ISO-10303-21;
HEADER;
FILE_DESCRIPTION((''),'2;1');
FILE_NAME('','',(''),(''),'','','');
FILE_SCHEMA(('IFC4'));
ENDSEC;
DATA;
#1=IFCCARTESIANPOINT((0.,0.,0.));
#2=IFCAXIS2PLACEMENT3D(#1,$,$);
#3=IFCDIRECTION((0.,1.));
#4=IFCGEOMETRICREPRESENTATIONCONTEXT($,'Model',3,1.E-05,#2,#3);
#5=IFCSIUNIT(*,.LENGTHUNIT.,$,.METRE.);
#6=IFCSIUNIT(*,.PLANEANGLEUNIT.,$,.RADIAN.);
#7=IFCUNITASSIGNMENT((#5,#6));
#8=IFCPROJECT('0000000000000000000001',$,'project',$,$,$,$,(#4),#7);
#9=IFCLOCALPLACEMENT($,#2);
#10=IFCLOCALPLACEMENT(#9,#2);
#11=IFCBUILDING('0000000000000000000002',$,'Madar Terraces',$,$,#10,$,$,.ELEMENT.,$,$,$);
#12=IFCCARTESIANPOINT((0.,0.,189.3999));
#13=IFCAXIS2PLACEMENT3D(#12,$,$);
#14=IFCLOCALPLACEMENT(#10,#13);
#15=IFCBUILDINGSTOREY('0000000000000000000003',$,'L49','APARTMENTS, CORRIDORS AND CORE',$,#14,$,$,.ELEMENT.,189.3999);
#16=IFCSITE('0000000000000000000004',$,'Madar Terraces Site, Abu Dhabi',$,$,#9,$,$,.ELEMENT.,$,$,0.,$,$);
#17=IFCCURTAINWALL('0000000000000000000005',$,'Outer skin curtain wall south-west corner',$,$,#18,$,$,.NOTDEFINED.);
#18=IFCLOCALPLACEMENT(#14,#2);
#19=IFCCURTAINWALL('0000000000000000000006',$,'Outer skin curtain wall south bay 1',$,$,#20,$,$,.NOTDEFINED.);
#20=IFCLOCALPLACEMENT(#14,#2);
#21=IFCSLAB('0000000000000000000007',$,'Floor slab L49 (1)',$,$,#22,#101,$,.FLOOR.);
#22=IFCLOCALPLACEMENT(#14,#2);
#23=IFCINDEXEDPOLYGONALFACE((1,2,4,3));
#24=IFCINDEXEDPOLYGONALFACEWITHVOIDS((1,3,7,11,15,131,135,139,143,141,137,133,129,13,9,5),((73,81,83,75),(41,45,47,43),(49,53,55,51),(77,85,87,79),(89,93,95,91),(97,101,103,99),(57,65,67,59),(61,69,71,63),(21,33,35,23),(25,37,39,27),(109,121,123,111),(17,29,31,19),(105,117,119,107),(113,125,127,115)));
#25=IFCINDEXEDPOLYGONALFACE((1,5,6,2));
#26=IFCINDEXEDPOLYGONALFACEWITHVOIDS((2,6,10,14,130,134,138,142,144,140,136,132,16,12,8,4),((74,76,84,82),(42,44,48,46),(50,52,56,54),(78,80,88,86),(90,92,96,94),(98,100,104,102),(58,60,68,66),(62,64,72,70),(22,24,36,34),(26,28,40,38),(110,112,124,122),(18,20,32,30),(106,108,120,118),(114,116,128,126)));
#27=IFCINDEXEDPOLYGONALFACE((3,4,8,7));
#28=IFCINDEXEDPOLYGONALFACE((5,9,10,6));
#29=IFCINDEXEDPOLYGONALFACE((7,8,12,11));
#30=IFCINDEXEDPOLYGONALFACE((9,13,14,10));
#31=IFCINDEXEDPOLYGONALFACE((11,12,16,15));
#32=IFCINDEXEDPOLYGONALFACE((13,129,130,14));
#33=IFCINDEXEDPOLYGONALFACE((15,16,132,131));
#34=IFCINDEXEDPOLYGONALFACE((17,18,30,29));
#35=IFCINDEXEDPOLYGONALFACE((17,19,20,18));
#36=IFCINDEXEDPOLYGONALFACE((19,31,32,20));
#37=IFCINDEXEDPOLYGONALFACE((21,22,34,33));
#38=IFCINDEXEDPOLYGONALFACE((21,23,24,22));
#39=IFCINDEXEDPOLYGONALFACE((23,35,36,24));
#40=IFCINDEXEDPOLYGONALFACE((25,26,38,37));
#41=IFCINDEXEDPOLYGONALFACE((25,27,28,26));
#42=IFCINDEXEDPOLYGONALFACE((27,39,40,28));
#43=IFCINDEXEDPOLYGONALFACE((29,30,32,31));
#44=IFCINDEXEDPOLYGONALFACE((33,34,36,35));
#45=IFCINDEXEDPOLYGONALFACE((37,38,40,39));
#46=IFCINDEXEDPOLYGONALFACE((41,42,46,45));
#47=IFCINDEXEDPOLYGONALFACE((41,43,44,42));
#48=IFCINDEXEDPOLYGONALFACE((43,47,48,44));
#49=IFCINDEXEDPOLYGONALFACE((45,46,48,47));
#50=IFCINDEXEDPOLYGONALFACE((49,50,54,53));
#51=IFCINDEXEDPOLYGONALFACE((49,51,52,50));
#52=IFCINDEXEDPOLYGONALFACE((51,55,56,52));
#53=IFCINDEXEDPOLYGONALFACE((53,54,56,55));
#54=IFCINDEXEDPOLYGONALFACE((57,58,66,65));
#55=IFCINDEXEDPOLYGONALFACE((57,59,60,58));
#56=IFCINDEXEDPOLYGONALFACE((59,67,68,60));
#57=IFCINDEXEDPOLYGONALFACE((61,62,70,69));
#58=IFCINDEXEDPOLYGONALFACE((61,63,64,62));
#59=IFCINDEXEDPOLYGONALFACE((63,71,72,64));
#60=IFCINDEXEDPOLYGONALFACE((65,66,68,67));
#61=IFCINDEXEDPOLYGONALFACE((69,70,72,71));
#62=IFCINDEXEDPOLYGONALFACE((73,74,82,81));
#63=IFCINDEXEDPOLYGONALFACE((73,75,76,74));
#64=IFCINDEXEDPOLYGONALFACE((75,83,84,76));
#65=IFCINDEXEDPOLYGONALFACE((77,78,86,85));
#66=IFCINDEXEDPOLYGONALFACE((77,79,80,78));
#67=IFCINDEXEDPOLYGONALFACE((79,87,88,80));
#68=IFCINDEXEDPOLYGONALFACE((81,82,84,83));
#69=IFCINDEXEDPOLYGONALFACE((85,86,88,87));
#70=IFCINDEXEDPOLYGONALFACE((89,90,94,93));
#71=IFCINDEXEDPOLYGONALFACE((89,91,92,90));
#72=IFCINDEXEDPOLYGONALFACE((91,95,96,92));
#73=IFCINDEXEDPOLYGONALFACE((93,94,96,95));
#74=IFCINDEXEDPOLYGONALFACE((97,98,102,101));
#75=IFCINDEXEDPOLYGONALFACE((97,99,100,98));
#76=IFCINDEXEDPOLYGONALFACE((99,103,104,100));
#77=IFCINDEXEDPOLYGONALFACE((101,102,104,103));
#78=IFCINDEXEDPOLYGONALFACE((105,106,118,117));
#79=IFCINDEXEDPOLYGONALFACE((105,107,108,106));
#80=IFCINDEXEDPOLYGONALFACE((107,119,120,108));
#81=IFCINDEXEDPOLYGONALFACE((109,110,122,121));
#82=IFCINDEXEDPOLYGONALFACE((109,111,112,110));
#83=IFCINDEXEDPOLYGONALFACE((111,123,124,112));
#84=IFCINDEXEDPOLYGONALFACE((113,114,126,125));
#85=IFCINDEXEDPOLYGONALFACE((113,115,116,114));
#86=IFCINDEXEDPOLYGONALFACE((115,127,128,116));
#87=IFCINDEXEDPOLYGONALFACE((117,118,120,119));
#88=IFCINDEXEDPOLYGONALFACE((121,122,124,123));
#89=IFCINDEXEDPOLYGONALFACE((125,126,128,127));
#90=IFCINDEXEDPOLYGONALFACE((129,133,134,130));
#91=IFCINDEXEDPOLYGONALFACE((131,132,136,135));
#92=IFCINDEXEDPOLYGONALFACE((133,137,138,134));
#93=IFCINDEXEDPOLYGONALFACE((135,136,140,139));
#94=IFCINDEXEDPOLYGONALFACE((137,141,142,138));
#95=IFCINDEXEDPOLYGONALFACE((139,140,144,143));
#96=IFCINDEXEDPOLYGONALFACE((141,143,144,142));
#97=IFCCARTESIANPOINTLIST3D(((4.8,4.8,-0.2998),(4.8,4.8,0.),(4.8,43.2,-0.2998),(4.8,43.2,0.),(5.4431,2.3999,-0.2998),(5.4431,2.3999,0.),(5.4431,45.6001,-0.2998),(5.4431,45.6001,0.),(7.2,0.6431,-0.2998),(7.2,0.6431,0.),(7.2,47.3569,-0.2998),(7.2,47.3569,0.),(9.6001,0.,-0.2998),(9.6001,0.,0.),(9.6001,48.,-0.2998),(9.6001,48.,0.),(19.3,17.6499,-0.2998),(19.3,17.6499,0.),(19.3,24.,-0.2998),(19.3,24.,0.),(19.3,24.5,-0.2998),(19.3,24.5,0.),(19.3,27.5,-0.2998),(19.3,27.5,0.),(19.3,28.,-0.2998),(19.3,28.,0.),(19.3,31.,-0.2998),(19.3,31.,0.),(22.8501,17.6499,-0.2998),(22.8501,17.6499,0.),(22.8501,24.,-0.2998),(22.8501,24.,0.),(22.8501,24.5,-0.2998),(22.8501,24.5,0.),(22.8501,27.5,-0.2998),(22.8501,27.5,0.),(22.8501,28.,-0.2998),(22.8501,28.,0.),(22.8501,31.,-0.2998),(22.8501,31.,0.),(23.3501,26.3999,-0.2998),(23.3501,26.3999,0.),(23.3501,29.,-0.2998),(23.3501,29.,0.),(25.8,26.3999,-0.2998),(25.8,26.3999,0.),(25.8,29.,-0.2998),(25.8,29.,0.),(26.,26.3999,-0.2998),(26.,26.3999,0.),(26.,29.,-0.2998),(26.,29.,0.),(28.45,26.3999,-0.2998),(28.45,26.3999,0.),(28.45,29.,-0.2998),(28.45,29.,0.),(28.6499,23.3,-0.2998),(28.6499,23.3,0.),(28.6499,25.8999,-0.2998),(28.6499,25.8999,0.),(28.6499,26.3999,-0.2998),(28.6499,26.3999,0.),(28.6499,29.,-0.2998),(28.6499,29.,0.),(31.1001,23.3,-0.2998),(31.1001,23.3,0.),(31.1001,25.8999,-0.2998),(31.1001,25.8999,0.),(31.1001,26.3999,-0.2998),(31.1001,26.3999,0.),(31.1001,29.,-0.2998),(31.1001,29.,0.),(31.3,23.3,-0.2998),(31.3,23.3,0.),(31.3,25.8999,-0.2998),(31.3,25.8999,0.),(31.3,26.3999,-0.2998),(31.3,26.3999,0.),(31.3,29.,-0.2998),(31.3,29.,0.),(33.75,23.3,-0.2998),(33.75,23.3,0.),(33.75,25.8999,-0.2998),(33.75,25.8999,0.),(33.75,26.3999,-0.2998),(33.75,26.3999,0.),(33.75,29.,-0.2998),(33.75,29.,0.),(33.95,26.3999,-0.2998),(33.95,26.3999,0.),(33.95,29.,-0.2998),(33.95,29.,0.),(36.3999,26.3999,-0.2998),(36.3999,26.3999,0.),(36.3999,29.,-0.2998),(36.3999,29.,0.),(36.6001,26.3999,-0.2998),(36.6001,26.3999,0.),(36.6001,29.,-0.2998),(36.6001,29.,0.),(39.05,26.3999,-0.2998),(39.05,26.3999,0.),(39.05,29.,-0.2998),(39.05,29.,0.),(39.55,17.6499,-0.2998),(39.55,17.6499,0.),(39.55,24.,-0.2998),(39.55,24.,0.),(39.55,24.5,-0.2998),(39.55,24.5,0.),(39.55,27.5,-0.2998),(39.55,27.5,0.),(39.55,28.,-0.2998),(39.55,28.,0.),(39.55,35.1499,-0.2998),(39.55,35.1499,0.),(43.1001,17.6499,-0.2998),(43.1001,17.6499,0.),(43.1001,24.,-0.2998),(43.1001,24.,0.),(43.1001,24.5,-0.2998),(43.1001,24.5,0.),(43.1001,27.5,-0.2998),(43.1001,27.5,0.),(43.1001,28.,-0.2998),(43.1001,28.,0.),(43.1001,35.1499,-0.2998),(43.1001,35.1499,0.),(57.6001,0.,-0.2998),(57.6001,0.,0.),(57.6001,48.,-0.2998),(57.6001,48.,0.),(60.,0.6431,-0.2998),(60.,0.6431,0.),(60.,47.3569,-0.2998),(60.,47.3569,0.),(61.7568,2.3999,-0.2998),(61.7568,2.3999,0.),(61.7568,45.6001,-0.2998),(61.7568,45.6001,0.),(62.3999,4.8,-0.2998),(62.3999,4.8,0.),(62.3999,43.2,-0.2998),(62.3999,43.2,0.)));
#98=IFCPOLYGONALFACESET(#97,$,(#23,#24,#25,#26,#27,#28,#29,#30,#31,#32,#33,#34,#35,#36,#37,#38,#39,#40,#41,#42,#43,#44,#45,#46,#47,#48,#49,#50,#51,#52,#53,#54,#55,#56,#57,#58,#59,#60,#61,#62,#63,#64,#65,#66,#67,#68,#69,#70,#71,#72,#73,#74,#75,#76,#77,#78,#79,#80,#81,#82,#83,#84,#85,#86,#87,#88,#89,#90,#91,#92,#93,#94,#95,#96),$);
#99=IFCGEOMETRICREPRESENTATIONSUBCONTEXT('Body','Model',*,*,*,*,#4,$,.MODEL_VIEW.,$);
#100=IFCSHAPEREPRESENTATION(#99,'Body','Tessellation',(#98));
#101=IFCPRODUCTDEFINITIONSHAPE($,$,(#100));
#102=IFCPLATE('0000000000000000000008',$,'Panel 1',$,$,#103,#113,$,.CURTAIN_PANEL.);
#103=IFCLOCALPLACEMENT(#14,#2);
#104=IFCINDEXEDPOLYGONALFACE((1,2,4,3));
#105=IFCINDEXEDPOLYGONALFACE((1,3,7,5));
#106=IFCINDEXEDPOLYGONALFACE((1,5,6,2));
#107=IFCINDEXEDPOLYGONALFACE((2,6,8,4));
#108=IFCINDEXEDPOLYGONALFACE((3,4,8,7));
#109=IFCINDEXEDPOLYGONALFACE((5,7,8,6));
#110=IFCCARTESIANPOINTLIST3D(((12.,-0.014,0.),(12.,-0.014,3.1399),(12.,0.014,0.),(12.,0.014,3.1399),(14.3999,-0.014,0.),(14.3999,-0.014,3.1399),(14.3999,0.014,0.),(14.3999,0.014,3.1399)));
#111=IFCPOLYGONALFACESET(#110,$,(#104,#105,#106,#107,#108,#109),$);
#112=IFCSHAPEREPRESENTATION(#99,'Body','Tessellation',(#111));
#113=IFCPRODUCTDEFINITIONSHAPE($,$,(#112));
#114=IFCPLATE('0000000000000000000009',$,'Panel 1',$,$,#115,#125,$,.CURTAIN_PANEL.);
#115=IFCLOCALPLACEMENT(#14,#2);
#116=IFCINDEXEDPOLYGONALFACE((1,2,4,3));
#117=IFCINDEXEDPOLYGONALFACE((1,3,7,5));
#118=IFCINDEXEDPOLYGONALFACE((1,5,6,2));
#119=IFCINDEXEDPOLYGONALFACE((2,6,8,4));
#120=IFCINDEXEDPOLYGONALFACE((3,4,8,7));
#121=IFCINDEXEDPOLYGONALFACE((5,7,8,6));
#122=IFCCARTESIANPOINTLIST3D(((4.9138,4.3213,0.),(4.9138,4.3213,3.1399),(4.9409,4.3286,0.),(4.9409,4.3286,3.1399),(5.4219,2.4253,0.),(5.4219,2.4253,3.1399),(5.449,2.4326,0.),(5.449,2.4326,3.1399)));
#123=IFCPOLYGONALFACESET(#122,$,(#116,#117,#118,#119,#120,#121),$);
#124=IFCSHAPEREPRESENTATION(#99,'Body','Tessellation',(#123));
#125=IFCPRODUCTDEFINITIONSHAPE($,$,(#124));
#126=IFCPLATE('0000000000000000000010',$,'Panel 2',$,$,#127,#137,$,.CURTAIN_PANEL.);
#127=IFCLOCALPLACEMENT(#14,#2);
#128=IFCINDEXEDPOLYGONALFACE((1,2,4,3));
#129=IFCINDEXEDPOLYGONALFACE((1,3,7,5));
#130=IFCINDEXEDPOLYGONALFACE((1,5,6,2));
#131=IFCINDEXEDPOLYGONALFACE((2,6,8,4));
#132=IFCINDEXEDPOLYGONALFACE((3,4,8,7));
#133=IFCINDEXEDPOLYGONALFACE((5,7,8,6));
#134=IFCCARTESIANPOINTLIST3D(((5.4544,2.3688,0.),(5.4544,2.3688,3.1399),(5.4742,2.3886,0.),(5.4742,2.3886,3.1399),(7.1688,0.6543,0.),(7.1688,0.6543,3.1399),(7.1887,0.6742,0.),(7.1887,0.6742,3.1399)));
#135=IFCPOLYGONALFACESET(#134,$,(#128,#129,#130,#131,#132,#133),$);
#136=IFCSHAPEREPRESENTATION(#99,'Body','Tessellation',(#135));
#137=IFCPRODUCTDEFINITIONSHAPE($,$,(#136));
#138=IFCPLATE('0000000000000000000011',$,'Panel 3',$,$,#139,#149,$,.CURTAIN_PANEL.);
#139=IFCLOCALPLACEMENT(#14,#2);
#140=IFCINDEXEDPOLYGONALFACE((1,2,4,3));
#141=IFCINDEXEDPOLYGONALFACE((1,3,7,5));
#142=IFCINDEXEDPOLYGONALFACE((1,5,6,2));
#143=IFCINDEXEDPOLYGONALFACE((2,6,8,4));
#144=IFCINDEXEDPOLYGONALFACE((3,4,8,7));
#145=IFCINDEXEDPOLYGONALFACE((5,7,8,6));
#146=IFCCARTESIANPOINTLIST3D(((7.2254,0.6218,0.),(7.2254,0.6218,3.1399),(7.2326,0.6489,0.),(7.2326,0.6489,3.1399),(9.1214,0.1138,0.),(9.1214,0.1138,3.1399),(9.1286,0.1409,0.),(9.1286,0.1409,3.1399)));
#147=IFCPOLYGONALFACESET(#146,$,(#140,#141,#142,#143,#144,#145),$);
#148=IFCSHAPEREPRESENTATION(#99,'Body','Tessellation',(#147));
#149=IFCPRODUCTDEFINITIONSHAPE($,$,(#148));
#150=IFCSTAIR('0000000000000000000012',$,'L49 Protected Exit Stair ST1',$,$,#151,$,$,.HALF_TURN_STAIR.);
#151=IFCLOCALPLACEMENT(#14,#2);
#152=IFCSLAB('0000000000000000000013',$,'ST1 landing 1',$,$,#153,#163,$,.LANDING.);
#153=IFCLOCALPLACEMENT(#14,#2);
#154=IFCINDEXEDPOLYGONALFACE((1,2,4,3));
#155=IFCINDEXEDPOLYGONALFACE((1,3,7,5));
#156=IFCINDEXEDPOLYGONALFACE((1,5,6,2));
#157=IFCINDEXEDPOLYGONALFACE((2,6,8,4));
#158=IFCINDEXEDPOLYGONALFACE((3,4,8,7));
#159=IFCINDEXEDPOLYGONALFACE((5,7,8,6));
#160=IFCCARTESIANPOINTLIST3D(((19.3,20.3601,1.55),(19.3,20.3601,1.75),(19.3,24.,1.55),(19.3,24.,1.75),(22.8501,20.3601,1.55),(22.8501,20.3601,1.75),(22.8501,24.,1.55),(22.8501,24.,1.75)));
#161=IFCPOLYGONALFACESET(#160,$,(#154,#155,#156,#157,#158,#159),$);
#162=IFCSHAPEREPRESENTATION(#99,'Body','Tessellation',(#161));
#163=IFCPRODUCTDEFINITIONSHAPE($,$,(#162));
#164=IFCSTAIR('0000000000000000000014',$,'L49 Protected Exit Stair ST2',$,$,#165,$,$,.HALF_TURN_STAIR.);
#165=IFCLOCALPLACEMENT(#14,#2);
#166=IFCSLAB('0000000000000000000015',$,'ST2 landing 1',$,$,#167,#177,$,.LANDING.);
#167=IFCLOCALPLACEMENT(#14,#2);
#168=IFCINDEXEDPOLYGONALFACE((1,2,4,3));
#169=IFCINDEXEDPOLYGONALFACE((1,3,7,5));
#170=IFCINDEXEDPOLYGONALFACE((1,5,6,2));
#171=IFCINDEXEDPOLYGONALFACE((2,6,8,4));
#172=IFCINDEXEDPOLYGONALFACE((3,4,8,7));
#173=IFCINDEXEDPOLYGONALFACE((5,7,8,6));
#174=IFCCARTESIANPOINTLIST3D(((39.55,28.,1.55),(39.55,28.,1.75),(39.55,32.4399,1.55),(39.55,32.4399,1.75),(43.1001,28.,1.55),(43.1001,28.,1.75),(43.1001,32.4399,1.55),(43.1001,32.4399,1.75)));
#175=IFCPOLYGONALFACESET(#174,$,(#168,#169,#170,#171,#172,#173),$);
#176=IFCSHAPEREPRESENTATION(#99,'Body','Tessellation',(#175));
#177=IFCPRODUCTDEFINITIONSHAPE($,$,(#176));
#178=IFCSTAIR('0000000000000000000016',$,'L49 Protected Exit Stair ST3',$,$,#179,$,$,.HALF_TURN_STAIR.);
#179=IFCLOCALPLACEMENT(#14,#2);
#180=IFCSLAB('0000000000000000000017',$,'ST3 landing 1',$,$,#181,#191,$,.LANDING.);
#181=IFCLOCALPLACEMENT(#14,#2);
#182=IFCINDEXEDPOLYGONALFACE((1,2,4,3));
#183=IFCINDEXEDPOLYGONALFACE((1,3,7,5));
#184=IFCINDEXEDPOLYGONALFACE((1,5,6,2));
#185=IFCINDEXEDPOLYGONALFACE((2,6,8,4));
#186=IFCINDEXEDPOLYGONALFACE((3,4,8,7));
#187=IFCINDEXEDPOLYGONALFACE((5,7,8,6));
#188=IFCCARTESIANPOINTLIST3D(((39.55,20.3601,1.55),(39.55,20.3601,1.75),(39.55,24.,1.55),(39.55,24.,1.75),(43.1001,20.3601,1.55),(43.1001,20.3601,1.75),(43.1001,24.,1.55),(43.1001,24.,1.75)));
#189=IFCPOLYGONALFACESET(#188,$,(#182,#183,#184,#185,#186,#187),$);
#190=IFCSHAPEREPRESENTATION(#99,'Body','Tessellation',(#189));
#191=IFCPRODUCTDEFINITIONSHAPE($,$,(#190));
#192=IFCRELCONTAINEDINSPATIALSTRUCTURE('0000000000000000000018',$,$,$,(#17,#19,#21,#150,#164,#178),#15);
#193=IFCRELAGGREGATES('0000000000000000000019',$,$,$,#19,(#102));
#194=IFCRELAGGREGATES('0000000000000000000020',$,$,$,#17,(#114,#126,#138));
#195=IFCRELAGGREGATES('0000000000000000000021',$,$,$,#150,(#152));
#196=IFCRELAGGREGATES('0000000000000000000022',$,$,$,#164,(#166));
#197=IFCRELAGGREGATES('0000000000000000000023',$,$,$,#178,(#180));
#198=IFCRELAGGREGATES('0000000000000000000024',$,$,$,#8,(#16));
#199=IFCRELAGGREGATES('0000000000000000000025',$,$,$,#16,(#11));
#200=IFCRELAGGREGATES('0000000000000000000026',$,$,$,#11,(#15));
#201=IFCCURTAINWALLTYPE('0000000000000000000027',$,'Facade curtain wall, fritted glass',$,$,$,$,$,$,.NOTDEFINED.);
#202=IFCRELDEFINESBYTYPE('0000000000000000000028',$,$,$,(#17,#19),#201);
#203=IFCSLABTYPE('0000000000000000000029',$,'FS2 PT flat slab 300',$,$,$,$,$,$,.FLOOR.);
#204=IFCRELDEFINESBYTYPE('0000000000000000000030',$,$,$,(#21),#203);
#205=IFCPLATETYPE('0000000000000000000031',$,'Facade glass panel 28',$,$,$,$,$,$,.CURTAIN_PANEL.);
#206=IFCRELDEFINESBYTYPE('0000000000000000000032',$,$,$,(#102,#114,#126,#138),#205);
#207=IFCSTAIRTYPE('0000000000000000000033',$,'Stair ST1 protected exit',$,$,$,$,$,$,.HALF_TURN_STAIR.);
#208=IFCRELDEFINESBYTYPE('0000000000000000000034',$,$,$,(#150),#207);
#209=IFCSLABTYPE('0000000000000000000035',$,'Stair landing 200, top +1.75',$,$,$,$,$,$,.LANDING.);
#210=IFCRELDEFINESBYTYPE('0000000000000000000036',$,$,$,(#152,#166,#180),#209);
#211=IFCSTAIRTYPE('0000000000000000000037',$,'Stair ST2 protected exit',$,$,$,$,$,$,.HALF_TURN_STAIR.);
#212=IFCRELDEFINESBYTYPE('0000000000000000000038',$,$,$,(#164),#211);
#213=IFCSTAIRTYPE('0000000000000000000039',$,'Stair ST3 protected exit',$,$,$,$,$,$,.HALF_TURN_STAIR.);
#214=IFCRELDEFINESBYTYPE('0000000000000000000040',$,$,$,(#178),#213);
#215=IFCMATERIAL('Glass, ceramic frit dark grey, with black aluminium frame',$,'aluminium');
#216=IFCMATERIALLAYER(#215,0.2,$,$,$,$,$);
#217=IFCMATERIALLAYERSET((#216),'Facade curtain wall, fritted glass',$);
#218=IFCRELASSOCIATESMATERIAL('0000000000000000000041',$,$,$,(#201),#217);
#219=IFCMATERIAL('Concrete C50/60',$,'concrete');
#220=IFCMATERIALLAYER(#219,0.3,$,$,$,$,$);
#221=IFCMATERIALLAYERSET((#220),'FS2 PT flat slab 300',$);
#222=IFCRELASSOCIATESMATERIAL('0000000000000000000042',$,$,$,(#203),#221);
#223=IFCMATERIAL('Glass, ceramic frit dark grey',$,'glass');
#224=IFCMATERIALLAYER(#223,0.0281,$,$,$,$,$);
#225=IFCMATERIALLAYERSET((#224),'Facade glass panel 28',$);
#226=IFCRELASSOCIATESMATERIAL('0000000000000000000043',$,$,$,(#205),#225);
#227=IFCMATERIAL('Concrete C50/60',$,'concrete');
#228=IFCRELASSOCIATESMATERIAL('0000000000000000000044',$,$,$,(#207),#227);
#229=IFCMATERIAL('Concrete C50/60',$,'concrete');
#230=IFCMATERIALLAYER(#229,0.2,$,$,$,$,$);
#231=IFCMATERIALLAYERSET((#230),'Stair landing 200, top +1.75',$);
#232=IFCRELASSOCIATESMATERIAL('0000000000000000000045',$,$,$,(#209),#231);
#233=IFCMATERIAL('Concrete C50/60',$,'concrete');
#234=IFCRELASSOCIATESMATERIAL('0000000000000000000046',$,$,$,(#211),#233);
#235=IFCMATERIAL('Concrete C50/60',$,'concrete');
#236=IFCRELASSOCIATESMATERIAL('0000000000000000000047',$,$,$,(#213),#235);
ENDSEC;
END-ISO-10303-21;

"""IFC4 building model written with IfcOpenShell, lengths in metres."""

from ifc_helpers import new_model, si_unit, direction, frame, origin, origin_2d, place, context, subcontext, project, spatial, polyline, rectangle, outline, extrude, material, layer, layer_set, type_object, element, aggregate, save


model = new_model("IFC4")

# Units and contexts
model_context = context("Model", 3, precision=1e-05, world=origin(), true_north=direction((0.0, 1.0)))
body_context = subcontext(model_context, "Body", "Model", "MODEL_VIEW")
ifc_project = project(units=[si_unit("LENGTHUNIT", "METRE"), si_unit("PLANEANGLEUNIT", "RADIAN")], contexts=[model_context])

# Site, building, storey
site_placement = place(None, origin())
site = spatial("IfcSite", under=ifc_project, at=site_placement, Name="Madar Terraces Site, Abu Dhabi", CompositionType="ELEMENT", RefElevation=0.0)
building_placement = place(site_placement, origin())
building = spatial("IfcBuilding", under=site, at=building_placement, Name="Madar Terraces", CompositionType="ELEMENT")
storey_placement = place(building_placement, frame((0.0, 0.0, 189.3999)))
storey = spatial("IfcBuildingStorey", under=building, at=storey_placement, Name="L49", Description="APARTMENTS, CORRIDORS AND CORE", CompositionType="ELEMENT", Elevation=189.3999)

# Curtain wall
ifc_material_1 = material(Name="Glass, ceramic frit dark grey, with black aluminium frame", Category="aluminium")
ifc_layer_1 = layer(ifc_material_1, 0.2)
ifc_layer_set_1 = layer_set([ifc_layer_1], Name="Facade curtain wall, fritted glass")
curtain_wall_type = type_object("IfcCurtainWallType", Name="Facade curtain wall, fritted glass", PredefinedType="NOTDEFINED", material=ifc_layer_set_1)
curtain_wall_1_placement = place(storey_placement, origin())
curtain_wall_1 = element("IfcCurtainWall", 1, at=curtain_wall_1_placement, inside=storey, type_object=curtain_wall_type, Name="Outer skin curtain wall south-west corner", PredefinedType="NOTDEFINED")

# Curtain wall
curtain_wall_2_placement = place(storey_placement, origin())
curtain_wall_2 = element("IfcCurtainWall", 2, at=curtain_wall_2_placement, inside=storey, type_object=curtain_wall_type, Name="Outer skin curtain wall south bay 1", PredefinedType="NOTDEFINED")

# Slab
ifc_material_2 = material(Name="Concrete C50/60", Category="concrete")
ifc_layer_2 = layer(ifc_material_2, 0.3)
ifc_layer_set_2 = layer_set([ifc_layer_2], Name="FS2 PT flat slab 300")
slab_type_1 = type_object("IfcSlabType", Name="FS2 PT flat slab 300", PredefinedType="FLOOR", material=ifc_layer_set_2)
slab_1_placement = place(storey_placement, frame((0.0, 0.0, -0.2998)))
element("IfcSlab", 3, at=slab_1_placement, inside=storey, type_object=slab_type_1, Name="Floor slab L49 (1)", PredefinedType="FLOOR", context=body_context, shape_type="SweptSolid", body=[
    extrude(outline(polyline([(57.6001, 0.0), (60.0, 0.6431), (61.7568, 2.3999), (62.3999, 4.8), (62.3999, 43.2), (61.7568, 45.6001), (60.0, 47.3569), (57.6001, 48.0), (9.6001, 48.0), (7.2, 47.3569), (5.4431, 45.6001), (4.8, 43.2), (4.8, 4.8), (5.4431, 2.3999), (7.2, 0.6431), (9.6001, 0.0), (57.6001, 0.0)]), holes=[polyline([(22.8501, 17.6499), (19.3, 17.6499), (19.3, 24.0), (22.8501, 24.0), (22.8501, 17.6499)]), polyline([(28.6499, 23.3), (28.6499, 25.8999), (31.1001, 25.8999), (31.1001, 23.3), (28.6499, 23.3)]), polyline([(19.3, 24.5), (19.3, 27.5), (22.8501, 27.5), (22.8501, 24.5), (19.3, 24.5)]), polyline([(23.3501, 26.3999), (23.3501, 29.0), (25.8, 29.0), (25.8, 26.3999), (23.3501, 26.3999)]), polyline([(26.0, 26.3999), (26.0, 29.0), (28.45, 29.0), (28.45, 26.3999), (26.0, 26.3999)]), polyline([(28.6499, 26.3999), (28.6499, 29.0), (31.1001, 29.0), (31.1001, 26.3999), (28.6499, 26.3999)]), polyline([(19.3, 28.0), (19.3, 31.0), (22.8501, 31.0), (22.8501, 28.0), (19.3, 28.0)]), polyline([(43.1001, 17.6499), (39.55, 17.6499), (39.55, 24.0), (43.1001, 24.0), (43.1001, 17.6499)]), polyline([(31.3, 23.3), (31.3, 25.8999), (33.75, 25.8999), (33.75, 23.3), (31.3, 23.3)]), polyline([(39.55, 24.5), (39.55, 27.5), (43.1001, 27.5), (43.1001, 24.5), (39.55, 24.5)]), polyline([(31.3, 26.3999), (31.3, 29.0), (33.75, 29.0), (33.75, 26.3999), (31.3, 26.3999)]), polyline([(33.95, 26.3999), (33.95, 29.0), (36.3999, 29.0), (36.3999, 26.3999), (33.95, 26.3999)]), polyline([(36.6001, 26.3999), (36.6001, 29.0), (39.05, 29.0), (39.05, 26.3999), (36.6001, 26.3999)]), polyline([(39.55, 28.0), (39.55, 35.1499), (43.1001, 35.1499), (43.1001, 28.0), (39.55, 28.0)])]), origin(), (0.0, 0.0, 1.0), 0.2998),
])

# Plates
ifc_material_3 = material(Name="Glass, ceramic frit dark grey", Category="glass")
ifc_layer_3 = layer(ifc_material_3, 0.0281)
ifc_layer_set_3 = layer_set([ifc_layer_3], Name="Facade glass panel 28")
plate_type = type_object("IfcPlateType", Name="Facade glass panel 28", PredefinedType="CURTAIN_PANEL", material=ifc_layer_set_3)
plate_1_placement = place(storey_placement, frame((13.2, 0.0, 0.0), z_axis=(0.0, 0.0, 1.0), x_axis=(1.0, 0.0, 0.0)))
plate_1 = element("IfcPlate", 4, at=plate_1_placement, type_object=plate_type, Name="Panel 1", PredefinedType="CURTAIN_PANEL", context=body_context, shape_type="SweptSolid", body=[
    extrude(rectangle(XDim=2.3999, YDim=0.0281, at=origin_2d()), origin(), (0.0, 0.0, 1.0), 3.1399),
])
aggregate(curtain_wall_2, [plate_1])
plate_2_placement = place(storey_placement, frame((5.1814, 3.377, 0.0), z_axis=(0.0, 0.0, 1.0), x_axis=(0.258819, -0.965926, 0.0)))
plate_2 = element("IfcPlate", 5, at=plate_2_placement, type_object=plate_type, Name="Panel 1", PredefinedType="CURTAIN_PANEL", context=body_context, shape_type="SweptSolid", body=[
    extrude(rectangle(XDim=1.9629, YDim=0.0281, at=origin_2d()), origin(), (0.0, 0.0, 1.0), 3.1399),
])
plate_3_placement = place(storey_placement, frame((6.3215, 1.5215, 0.0), z_axis=(0.0, 0.0, 1.0), x_axis=(0.707107, -0.707107, 0.0)))
plate_3 = element("IfcPlate", 6, at=plate_3_placement, type_object=plate_type, Name="Panel 2", PredefinedType="CURTAIN_PANEL", context=body_context, shape_type="SweptSolid", body=[
    extrude(rectangle(XDim=2.4246, YDim=0.0281, at=origin_2d()), origin(), (0.0, 0.0, 1.0), 3.1399),
])
plate_4_placement = place(storey_placement, frame((8.177, 0.3813, 0.0), z_axis=(0.0, 0.0, 1.0), x_axis=(0.965926, -0.258819, 0.0)))
plate_4 = element("IfcPlate", 7, at=plate_4_placement, type_object=plate_type, Name="Panel 3", PredefinedType="CURTAIN_PANEL", context=body_context, shape_type="SweptSolid", body=[
    extrude(rectangle(XDim=1.9629, YDim=0.0281, at=origin_2d()), origin(), (0.0, 0.0, 1.0), 3.1399),
])
aggregate(curtain_wall_1, [plate_2, plate_3, plate_4])

# Stairs, slabs
ifc_material_4 = material(Name="Concrete C50/60", Category="concrete")
stair_type_1 = type_object("IfcStairType", Name="Stair ST1 protected exit", PredefinedType="HALF_TURN_STAIR", material=ifc_material_4)
stair_1_placement = place(storey_placement, origin())
stair_1 = element("IfcStair", 8, at=stair_1_placement, inside=storey, type_object=stair_type_1, Name="L49 Protected Exit Stair ST1", PredefinedType="HALF_TURN_STAIR")
ifc_material_5 = material(Name="Concrete C50/60", Category="concrete")
ifc_layer_4 = layer(ifc_material_5, 0.2)
ifc_layer_set_4 = layer_set([ifc_layer_4], Name="Stair landing 200, top +1.75")
slab_type_2 = type_object("IfcSlabType", Name="Stair landing 200, top +1.75", PredefinedType="LANDING", material=ifc_layer_set_4)
slab_2_placement = place(storey_placement, frame((0.0, 0.0, 1.55)))
slab_2 = element("IfcSlab", 9, at=slab_2_placement, type_object=slab_type_2, Name="ST1 landing 1", PredefinedType="LANDING", context=body_context, shape_type="SweptSolid", body=[
    extrude(outline(polyline([(19.3, 20.3601), (22.8501, 20.3601), (22.8501, 24.0), (19.3, 24.0), (19.3, 20.3601)])), origin(), (0.0, 0.0, 1.0), 0.2),
])
aggregate(stair_1, [slab_2])
ifc_material_6 = material(Name="Concrete C50/60", Category="concrete")
stair_type_2 = type_object("IfcStairType", Name="Stair ST2 protected exit", PredefinedType="HALF_TURN_STAIR", material=ifc_material_6)
stair_2_placement = place(storey_placement, origin())
stair_2 = element("IfcStair", 10, at=stair_2_placement, inside=storey, type_object=stair_type_2, Name="L49 Protected Exit Stair ST2", PredefinedType="HALF_TURN_STAIR")
slab_3_placement = place(storey_placement, frame((0.0, 0.0, 1.55)))
slab_3 = element("IfcSlab", 11, at=slab_3_placement, type_object=slab_type_2, Name="ST2 landing 1", PredefinedType="LANDING", context=body_context, shape_type="SweptSolid", body=[
    extrude(outline(polyline([(39.55, 28.0), (43.1001, 28.0), (43.1001, 32.4399), (39.55, 32.4399), (39.55, 28.0)])), origin(), (0.0, 0.0, 1.0), 0.2),
])
aggregate(stair_2, [slab_3])
ifc_material_7 = material(Name="Concrete C50/60", Category="concrete")
stair_type_3 = type_object("IfcStairType", Name="Stair ST3 protected exit", PredefinedType="HALF_TURN_STAIR", material=ifc_material_7)
stair_3_placement = place(storey_placement, origin())
stair_3 = element("IfcStair", 12, at=stair_3_placement, inside=storey, type_object=stair_type_3, Name="L49 Protected Exit Stair ST3", PredefinedType="HALF_TURN_STAIR")
slab_4_placement = place(storey_placement, frame((0.0, 0.0, 1.55)))
slab_4 = element("IfcSlab", 13, at=slab_4_placement, type_object=slab_type_2, Name="ST3 landing 1", PredefinedType="LANDING", context=body_context, shape_type="SweptSolid", body=[
    extrude(outline(polyline([(39.55, 20.3601), (43.1001, 20.3601), (43.1001, 24.0), (39.55, 24.0), (39.55, 20.3601)])), origin(), (0.0, 0.0, 1.0), 0.2),
])
aggregate(stair_3, [slab_4])

save(model, "model.ifc")
